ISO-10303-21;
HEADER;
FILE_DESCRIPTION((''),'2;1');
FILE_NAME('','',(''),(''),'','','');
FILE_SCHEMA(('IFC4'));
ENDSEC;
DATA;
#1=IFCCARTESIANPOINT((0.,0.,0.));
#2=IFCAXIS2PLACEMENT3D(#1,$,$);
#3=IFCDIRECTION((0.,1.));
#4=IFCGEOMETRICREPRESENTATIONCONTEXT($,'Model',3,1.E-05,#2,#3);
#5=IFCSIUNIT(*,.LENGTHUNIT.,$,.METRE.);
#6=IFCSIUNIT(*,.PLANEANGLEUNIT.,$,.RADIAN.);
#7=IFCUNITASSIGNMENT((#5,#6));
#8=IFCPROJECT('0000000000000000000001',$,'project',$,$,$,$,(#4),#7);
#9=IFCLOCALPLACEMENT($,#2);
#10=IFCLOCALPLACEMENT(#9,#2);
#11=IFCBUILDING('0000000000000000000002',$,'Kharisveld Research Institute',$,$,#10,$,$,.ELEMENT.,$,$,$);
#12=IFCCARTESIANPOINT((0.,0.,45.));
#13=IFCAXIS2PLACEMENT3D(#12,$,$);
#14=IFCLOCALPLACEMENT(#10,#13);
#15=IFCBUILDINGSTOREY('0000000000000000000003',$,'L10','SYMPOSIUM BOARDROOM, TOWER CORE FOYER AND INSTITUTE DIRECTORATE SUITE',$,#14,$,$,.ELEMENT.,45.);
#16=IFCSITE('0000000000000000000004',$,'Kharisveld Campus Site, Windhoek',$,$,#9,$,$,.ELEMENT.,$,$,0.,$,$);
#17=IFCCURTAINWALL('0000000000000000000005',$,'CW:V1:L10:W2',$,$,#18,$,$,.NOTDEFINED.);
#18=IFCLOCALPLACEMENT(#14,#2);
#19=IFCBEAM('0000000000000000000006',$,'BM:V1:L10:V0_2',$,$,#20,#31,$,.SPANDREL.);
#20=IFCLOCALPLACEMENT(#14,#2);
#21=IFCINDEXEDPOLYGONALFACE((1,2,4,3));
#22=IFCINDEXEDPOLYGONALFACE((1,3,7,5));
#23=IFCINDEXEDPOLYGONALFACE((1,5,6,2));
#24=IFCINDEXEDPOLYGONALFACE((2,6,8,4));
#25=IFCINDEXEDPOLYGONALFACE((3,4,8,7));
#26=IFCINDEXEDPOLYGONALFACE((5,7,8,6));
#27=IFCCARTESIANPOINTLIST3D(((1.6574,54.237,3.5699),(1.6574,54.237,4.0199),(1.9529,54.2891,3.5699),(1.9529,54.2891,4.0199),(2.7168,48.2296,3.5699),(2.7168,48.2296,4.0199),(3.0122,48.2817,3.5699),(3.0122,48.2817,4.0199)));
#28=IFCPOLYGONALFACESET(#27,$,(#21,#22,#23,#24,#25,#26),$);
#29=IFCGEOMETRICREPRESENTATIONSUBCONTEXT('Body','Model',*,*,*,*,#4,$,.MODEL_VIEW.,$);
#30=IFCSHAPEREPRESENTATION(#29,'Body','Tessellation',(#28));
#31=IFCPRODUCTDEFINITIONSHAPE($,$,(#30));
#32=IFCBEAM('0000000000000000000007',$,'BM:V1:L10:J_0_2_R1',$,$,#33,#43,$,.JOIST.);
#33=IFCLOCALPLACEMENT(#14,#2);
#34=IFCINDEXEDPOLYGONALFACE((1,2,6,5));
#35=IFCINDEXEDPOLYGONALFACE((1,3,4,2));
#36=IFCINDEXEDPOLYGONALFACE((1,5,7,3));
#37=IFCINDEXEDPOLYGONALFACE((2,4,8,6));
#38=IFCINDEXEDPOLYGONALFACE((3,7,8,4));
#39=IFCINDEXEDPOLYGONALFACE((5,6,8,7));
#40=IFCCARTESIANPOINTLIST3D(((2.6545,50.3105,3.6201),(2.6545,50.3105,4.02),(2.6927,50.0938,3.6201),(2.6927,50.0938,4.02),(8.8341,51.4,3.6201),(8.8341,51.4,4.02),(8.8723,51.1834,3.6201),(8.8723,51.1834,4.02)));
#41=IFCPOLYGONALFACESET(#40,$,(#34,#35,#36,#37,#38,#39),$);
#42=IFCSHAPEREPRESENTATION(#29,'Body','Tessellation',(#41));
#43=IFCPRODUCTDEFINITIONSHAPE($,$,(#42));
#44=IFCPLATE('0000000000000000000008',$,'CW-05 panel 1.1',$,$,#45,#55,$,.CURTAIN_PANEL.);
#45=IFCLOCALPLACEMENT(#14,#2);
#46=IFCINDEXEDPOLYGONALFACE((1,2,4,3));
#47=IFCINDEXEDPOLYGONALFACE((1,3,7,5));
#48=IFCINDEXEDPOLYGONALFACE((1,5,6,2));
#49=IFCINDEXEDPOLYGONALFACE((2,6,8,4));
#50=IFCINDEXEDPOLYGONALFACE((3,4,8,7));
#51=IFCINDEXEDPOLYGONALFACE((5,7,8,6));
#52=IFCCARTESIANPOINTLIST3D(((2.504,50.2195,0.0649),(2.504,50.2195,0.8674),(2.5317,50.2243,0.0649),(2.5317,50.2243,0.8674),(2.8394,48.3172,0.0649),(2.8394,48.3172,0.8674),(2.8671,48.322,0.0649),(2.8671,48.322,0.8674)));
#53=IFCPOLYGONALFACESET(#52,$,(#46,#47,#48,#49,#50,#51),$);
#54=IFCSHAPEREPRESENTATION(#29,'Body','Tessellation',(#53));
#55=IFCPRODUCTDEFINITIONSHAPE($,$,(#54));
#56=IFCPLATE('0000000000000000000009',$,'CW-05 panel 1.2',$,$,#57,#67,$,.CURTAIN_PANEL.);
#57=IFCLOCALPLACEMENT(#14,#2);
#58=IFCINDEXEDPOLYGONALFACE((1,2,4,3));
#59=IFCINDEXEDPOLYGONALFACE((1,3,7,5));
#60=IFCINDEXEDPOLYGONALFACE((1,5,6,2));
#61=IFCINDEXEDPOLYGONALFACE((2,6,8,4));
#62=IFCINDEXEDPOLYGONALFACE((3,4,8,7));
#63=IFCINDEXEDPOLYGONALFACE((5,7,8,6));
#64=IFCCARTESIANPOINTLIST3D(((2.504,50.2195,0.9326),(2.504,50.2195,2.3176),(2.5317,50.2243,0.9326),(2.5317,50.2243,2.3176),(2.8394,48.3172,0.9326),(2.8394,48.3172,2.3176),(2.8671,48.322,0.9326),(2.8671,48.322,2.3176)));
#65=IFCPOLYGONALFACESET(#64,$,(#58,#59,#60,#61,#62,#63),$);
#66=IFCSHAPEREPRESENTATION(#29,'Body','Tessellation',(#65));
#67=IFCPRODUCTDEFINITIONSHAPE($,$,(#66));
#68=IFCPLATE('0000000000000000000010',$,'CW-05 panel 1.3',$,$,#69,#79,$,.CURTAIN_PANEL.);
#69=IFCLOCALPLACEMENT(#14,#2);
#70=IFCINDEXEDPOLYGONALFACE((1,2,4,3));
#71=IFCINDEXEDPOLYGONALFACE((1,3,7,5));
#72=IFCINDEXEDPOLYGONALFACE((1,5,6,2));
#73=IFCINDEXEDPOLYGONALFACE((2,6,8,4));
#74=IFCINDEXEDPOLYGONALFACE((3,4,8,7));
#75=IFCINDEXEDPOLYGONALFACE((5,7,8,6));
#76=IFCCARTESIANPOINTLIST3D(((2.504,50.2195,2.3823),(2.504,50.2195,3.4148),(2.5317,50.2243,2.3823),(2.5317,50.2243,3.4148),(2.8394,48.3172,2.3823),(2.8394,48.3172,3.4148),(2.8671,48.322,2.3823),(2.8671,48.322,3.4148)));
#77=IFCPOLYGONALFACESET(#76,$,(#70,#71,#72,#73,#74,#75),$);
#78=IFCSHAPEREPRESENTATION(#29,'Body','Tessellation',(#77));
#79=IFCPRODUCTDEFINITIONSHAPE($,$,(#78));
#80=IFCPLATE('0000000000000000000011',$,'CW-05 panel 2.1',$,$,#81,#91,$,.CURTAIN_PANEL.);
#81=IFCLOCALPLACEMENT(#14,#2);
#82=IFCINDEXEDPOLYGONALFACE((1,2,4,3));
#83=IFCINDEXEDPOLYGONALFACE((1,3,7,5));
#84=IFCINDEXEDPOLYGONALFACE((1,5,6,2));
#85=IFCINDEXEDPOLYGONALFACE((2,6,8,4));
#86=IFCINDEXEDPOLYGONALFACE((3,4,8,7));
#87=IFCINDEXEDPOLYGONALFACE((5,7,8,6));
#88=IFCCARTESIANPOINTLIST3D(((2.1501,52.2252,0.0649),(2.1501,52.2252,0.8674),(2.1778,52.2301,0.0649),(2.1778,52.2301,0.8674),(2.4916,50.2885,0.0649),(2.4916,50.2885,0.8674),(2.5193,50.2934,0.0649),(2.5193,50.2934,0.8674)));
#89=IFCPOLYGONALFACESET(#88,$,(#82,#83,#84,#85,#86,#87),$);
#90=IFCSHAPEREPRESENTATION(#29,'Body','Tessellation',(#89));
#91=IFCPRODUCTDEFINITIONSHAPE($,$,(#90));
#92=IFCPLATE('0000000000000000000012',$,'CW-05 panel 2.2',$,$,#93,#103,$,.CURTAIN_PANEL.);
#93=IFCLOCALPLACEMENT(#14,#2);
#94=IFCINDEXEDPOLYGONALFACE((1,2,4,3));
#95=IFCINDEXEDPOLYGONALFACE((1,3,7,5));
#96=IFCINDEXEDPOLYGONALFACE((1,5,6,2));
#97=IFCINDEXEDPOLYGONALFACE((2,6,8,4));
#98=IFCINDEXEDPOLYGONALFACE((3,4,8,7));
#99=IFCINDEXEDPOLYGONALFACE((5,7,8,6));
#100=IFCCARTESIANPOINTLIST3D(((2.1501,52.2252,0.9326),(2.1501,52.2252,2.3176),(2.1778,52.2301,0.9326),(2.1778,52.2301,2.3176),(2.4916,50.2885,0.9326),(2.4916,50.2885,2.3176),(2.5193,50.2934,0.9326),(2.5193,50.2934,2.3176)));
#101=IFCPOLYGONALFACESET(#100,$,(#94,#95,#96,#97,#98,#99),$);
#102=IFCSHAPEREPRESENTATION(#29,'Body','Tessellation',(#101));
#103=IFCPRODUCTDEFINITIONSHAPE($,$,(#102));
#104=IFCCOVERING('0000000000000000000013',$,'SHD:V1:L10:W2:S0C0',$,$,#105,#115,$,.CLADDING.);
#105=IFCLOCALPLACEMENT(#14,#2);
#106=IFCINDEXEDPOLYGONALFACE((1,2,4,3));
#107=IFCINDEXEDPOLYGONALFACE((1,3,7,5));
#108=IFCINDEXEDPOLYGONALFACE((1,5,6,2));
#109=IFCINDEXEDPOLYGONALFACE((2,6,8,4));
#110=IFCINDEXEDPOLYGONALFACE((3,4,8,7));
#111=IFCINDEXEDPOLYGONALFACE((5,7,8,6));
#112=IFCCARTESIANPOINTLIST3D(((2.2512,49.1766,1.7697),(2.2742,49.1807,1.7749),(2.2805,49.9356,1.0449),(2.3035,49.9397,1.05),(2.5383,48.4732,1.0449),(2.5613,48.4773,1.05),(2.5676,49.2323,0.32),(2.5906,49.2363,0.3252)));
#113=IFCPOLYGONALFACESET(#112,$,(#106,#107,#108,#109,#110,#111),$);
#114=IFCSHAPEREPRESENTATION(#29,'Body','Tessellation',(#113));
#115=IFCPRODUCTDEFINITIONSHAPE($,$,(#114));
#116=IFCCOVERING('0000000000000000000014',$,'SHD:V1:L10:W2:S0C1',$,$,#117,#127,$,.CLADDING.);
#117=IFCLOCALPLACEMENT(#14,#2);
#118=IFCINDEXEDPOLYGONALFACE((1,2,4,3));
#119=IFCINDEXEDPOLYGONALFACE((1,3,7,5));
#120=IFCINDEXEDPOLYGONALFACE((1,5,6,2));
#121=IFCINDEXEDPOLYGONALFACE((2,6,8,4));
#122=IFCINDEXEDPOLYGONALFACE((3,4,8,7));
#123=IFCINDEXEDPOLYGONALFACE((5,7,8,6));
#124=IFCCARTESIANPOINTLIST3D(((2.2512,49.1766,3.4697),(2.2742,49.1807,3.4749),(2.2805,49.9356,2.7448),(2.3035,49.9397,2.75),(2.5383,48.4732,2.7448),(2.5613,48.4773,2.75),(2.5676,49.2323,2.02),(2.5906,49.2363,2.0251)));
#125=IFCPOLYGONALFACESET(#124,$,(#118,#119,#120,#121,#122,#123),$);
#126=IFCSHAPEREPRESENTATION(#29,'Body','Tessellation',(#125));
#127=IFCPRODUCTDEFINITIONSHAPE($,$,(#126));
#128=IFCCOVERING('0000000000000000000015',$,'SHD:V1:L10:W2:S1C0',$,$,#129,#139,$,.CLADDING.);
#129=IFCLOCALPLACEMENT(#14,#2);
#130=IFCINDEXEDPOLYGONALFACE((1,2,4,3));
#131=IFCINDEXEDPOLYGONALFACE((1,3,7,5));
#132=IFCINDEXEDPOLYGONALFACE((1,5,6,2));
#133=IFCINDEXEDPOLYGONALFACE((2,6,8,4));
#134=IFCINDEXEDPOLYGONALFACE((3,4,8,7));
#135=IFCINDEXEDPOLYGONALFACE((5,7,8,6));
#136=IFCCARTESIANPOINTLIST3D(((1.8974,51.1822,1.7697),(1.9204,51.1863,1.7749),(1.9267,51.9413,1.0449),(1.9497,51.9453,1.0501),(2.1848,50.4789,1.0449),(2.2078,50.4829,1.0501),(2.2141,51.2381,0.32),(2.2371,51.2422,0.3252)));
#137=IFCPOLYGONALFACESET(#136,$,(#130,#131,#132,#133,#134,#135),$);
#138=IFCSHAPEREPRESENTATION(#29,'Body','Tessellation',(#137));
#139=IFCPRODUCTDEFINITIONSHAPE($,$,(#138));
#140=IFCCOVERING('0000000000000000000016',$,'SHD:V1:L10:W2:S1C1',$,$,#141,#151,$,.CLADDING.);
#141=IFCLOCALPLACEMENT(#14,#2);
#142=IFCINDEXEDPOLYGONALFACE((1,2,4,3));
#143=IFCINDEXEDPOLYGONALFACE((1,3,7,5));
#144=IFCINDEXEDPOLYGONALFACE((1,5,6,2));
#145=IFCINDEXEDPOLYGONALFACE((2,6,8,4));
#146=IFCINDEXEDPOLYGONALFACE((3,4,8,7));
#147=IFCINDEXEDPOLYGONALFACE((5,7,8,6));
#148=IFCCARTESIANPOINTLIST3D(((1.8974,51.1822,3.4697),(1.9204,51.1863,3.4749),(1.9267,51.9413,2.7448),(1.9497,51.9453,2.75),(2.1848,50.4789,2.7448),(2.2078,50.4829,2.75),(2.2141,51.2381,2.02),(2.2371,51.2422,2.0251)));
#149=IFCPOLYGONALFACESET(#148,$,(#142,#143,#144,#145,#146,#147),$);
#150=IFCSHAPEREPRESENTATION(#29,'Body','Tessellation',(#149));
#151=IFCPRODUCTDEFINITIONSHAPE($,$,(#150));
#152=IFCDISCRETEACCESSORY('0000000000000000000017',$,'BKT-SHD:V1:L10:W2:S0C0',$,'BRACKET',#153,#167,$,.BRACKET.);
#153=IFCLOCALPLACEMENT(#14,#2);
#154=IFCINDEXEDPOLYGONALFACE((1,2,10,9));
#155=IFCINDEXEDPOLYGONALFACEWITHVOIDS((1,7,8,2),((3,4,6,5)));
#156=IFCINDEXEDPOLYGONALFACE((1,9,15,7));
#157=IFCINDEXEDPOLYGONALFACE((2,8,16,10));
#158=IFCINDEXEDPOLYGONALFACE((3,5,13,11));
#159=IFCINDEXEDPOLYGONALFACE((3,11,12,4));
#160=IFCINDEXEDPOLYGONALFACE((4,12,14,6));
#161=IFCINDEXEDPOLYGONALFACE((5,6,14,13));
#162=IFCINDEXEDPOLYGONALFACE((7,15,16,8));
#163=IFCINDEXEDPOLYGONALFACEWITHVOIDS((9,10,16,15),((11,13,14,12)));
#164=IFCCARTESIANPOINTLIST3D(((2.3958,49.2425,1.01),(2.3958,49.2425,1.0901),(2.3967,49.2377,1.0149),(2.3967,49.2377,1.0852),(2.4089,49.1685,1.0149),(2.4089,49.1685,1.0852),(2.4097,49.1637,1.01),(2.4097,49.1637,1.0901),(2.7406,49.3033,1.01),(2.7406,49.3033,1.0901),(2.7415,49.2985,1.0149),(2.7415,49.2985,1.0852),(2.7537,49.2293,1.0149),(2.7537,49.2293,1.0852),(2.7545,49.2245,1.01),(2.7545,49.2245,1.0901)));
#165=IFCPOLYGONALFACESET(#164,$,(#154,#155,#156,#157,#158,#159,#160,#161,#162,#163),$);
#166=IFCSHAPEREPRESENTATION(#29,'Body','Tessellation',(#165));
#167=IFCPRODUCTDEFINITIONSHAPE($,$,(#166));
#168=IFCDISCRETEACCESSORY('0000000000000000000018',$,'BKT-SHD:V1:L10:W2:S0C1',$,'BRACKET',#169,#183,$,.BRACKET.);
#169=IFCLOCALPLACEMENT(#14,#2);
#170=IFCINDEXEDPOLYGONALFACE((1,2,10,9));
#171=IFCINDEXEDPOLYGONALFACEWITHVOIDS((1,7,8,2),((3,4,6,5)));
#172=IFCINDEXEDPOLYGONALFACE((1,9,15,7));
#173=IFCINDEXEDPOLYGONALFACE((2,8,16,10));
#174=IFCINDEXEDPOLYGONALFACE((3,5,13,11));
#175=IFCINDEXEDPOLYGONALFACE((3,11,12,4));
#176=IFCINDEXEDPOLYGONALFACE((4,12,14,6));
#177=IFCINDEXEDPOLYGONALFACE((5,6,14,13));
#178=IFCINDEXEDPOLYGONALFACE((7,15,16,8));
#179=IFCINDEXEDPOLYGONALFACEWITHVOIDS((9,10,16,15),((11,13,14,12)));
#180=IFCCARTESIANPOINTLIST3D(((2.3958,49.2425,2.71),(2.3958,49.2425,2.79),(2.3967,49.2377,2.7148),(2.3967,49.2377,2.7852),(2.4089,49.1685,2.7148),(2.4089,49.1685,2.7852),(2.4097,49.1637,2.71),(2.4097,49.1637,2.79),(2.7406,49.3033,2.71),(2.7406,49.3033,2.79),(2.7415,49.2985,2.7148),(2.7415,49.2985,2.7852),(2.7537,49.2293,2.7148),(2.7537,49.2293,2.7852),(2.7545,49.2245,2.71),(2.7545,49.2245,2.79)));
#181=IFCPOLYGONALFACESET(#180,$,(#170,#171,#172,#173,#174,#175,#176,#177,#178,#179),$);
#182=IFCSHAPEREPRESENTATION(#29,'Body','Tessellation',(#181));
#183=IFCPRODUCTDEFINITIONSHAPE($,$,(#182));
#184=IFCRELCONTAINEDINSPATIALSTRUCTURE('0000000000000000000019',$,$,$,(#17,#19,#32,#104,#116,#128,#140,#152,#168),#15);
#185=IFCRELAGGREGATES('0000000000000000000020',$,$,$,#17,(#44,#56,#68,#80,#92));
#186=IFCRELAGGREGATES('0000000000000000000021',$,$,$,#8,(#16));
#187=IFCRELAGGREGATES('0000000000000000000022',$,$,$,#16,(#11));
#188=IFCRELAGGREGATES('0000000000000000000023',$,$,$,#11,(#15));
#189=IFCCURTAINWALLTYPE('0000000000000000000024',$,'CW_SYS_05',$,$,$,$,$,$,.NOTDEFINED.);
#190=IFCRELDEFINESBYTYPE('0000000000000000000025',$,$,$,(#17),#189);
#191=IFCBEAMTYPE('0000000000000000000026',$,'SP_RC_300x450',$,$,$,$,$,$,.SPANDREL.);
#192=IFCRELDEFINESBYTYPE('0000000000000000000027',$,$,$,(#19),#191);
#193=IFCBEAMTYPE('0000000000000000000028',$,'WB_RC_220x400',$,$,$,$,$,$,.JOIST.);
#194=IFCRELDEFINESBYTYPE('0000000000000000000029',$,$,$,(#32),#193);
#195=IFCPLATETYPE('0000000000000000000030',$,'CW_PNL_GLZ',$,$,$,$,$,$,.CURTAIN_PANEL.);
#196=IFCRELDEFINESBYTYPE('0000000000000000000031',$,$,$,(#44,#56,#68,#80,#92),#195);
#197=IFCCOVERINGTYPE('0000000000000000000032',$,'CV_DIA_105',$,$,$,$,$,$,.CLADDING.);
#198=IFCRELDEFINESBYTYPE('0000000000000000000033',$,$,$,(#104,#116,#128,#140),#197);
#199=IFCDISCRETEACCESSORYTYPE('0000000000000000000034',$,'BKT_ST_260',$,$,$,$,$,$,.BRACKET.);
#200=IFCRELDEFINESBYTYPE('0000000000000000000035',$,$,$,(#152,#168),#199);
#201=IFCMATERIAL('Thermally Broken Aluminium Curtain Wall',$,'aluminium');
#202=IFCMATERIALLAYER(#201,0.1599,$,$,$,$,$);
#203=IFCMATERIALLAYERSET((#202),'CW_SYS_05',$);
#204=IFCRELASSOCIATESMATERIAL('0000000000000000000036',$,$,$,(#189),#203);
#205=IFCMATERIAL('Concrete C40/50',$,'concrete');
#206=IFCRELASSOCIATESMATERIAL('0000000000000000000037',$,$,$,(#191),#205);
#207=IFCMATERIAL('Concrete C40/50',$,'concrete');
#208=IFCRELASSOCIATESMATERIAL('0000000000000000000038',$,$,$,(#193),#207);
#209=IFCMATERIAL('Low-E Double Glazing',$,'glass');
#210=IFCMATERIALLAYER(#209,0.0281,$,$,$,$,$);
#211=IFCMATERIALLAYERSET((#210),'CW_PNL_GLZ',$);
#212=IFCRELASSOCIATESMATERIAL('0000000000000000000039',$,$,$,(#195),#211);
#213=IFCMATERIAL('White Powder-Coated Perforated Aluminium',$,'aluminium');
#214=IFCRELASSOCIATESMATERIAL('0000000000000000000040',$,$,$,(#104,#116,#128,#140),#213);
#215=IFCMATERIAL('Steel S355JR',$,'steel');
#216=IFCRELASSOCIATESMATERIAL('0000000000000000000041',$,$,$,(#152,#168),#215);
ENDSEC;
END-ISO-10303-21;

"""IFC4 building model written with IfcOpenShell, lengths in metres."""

from ifc_helpers import new_model, si_unit, direction, frame, origin, origin_2d, place, context, subcontext, project, spatial, polyline, rectangle, hollow_rectangle, outline, extrude, material, layer, layer_set, material_profile, profile_set, type_object, element, aggregate, save


model = new_model("IFC4")

# Units and contexts
model_context = context("Model", 3, precision=1e-05, world=origin(), true_north=direction((0.0, 1.0)))
body_context = subcontext(model_context, "Body", "Model", "MODEL_VIEW")
ifc_project = project(units=[si_unit("LENGTHUNIT", "METRE"), si_unit("PLANEANGLEUNIT", "RADIAN")], contexts=[model_context])

# Site, building, storey
site_placement = place(None, origin())
site = spatial("IfcSite", under=ifc_project, at=site_placement, Name="Kharisveld Campus Site, Windhoek", CompositionType="ELEMENT", RefElevation=0.0)
building_placement = place(site_placement, origin())
building = spatial("IfcBuilding", under=site, at=building_placement, Name="Kharisveld Research Institute", CompositionType="ELEMENT")
storey_placement = place(building_placement, frame((0.0, 0.0, 45.0)))
storey = spatial("IfcBuildingStorey", under=building, at=storey_placement, Name="L10", Description="SYMPOSIUM BOARDROOM, TOWER CORE FOYER AND INSTITUTE DIRECTORATE SUITE", CompositionType="ELEMENT", Elevation=45.0)

# Curtain wall
ifc_material_1 = material(Name="Thermally Broken Aluminium Curtain Wall", Category="aluminium")
ifc_layer_1 = layer(ifc_material_1, 0.1599)
ifc_layer_set_1 = layer_set([ifc_layer_1], Name="CW_SYS_05")
curtain_wall_type = type_object("IfcCurtainWallType", Name="CW_SYS_05", PredefinedType="NOTDEFINED", material=ifc_layer_set_1)
curtain_wall_placement = place(storey_placement, origin())
curtain_wall = element("IfcCurtainWall", 1, at=curtain_wall_placement, inside=storey, type_object=curtain_wall_type, Name="CW:V1:L10:W2", PredefinedType="NOTDEFINED")

# Beams
ifc_material_2 = material(Name="Concrete C40/50", Category="concrete")
ifc_material_profile_1 = material_profile(ifc_material_2, rectangle(XDim=0.3, YDim=0.45, at=origin_2d()))
ifc_profile_set_1 = profile_set([ifc_material_profile_1], Name="Concrete C40/50")
beam_type_1 = type_object("IfcBeamType", Name="SP_RC_300x450", PredefinedType="SPANDREL", material=ifc_profile_set_1)
beam_1_placement = place(storey_placement, frame((2.8645, 48.2556, 3.7949), z_axis=(-0.17366, 0.984806, 0.0), x_axis=(-0.984806, -0.17366, 0.0)))
element("IfcBeam", 2, at=beam_1_placement, inside=storey, type_object=beam_type_1, Name="BM:V1:L10:V0_2", PredefinedType="SPANDREL", context=body_context, shape_type="SweptSolid", body=[
    extrude(rectangle(XDim=0.3, YDim=0.45, at=origin_2d()), origin(), (0.0, 0.0, 1.0), 6.1001),
])
ifc_material_3 = material(Name="Concrete C40/50", Category="concrete")
ifc_material_profile_2 = material_profile(ifc_material_3, rectangle(XDim=0.22, YDim=0.3999, at=origin_2d()))
ifc_profile_set_2 = profile_set([ifc_material_profile_2], Name="Concrete C40/50")
beam_type_2 = type_object("IfcBeamType", Name="WB_RC_220x400", PredefinedType="JOIST", material=ifc_profile_set_2)
beam_2_placement = place(storey_placement, frame((2.6736, 50.2021, 3.8201), z_axis=(0.984809, 0.173641, 0.0), x_axis=(-0.173641, 0.984809, 0.0)))
element("IfcBeam", 3, at=beam_2_placement, inside=storey, type_object=beam_type_2, Name="BM:V1:L10:J_0_2_R1", PredefinedType="JOIST", context=body_context, shape_type="SweptSolid", body=[
    extrude(rectangle(XDim=0.22, YDim=0.3999, at=origin_2d()), origin(), (0.0, 0.0, 1.0), 6.2749),
])

# Plates
ifc_material_4 = material(Name="Low-E Double Glazing", Category="glass")
ifc_layer_2 = layer(ifc_material_4, 0.0281)
ifc_layer_set_2 = layer_set([ifc_layer_2], Name="CW_PNL_GLZ")
plate_type = type_object("IfcPlateType", Name="CW_PNL_GLZ", PredefinedType="CURTAIN_PANEL", material=ifc_layer_set_2)
plate_1_placement = place(storey_placement, frame((2.6855, 49.2708, 0.0649), z_axis=(0.0, 0.0, 1.0), x_axis=(-0.173648, 0.984808, 0.0)))
plate_1 = element("IfcPlate", 4, at=plate_1_placement, type_object=plate_type, Name="CW-05 panel 1.1", PredefinedType="CURTAIN_PANEL", context=body_context, shape_type="SweptSolid", body=[
    extrude(rectangle(XDim=1.9316, YDim=0.0281, at=origin_2d()), origin(), (0.0, 0.0, 1.0), 0.8025),
])
plate_2_placement = place(storey_placement, frame((2.6855, 49.2708, 0.9326), z_axis=(0.0, 0.0, 1.0), x_axis=(-0.173648, 0.984808, 0.0)))
plate_2 = element("IfcPlate", 5, at=plate_2_placement, type_object=plate_type, Name="CW-05 panel 1.2", PredefinedType="CURTAIN_PANEL", context=body_context, shape_type="SweptSolid", body=[
    extrude(rectangle(XDim=1.9316, YDim=0.0281, at=origin_2d()), origin(), (0.0, 0.0, 1.0), 1.385),
])
plate_3_placement = place(storey_placement, frame((2.6855, 49.2708, 2.3823), z_axis=(0.0, 0.0, 1.0), x_axis=(-0.173648, 0.984808, 0.0)))
plate_3 = element("IfcPlate", 6, at=plate_3_placement, type_object=plate_type, Name="CW-05 panel 1.3", PredefinedType="CURTAIN_PANEL", context=body_context, shape_type="SweptSolid", body=[
    extrude(rectangle(XDim=1.9316, YDim=0.0281, at=origin_2d()), origin(), (0.0, 0.0, 1.0), 1.0325),
])
plate_4_placement = place(storey_placement, frame((2.3347, 51.2593, 0.0649), z_axis=(0.0, 0.0, 1.0), x_axis=(-0.173648, 0.984808, 0.0)))
plate_4 = element("IfcPlate", 7, at=plate_4_placement, type_object=plate_type, Name="CW-05 panel 2.1", PredefinedType="CURTAIN_PANEL", context=body_context, shape_type="SweptSolid", body=[
    extrude(rectangle(XDim=1.9666, YDim=0.0281, at=origin_2d()), origin(), (0.0, 0.0, 1.0), 0.8025),
])
plate_5_placement = place(storey_placement, frame((2.3347, 51.2593, 0.9326), z_axis=(0.0, 0.0, 1.0), x_axis=(-0.173648, 0.984808, 0.0)))
plate_5 = element("IfcPlate", 8, at=plate_5_placement, type_object=plate_type, Name="CW-05 panel 2.2", PredefinedType="CURTAIN_PANEL", context=body_context, shape_type="SweptSolid", body=[
    extrude(rectangle(XDim=1.9666, YDim=0.0281, at=origin_2d()), origin(), (0.0, 0.0, 1.0), 1.385),
])
aggregate(curtain_wall, [plate_1, plate_2, plate_3, plate_4, plate_5])

# Coverings
ifc_material_5 = material(Name="White Powder-Coated Perforated Aluminium", Category="aluminium")
covering_type = type_object("IfcCoveringType", Name="CV_DIA_105", PredefinedType="CLADDING")
for number, where, z_axis, x_axis, name in (
    (9, (2.5906, 49.2363, 0.3252), (0.961487, 0.169504, 0.216358), (-0.273429, 0.669853, 0.690314), "SHD:V1:L10:W2:S0C0"),
    (10, (2.5906, 49.2363, 2.0251), (0.961487, 0.169504, 0.216358), (-0.273429, 0.669853, 0.690314), "SHD:V1:L10:W2:S0C1"),
):
    element("IfcCovering", number, at=place(storey_placement, frame(where, z_axis=z_axis, x_axis=x_axis)), inside=storey, type_object=covering_type, material=ifc_material_5, Name=name, PredefinedType="CLADDING", context=body_context, shape_type="SweptSolid", body=[
        extrude(outline(polyline([(0.0, 0.0), (1.05, 0.0), (1.05, 1.05), (-0.0001, 1.05), (0.0, 0.0)])), origin(), (0.0, 0.0, -1.0), 0.0239),
    ])
for number, where, z_axis, x_axis, name in (
    (11, (2.2371, 51.2422, 0.3252), (0.96142, 0.169653, 0.21654), (-0.273667, 0.669686, 0.690382), "SHD:V1:L10:W2:S1C0"),
    (12, (2.2371, 51.2422, 2.0251), (0.96142, 0.169653, 0.21654), (-0.273667, 0.669686, 0.690382), "SHD:V1:L10:W2:S1C1"),
):
    element("IfcCovering", number, at=place(storey_placement, frame(where, z_axis=z_axis, x_axis=x_axis)), inside=storey, type_object=covering_type, material=ifc_material_5, Name=name, PredefinedType="CLADDING", context=body_context, shape_type="SweptSolid", body=[
        extrude(outline(polyline([(0.0, 0.0), (1.0499, 0.0), (1.0501, 1.05), (0.0, 1.0501), (0.0, 0.0)])), origin(), (0.0, 0.0, -1.0), 0.0239),
    ])

# Discrete accessories
ifc_material_6 = material(Name="Steel S355JR", Category="steel")
discrete_accessory_type = type_object("IfcDiscreteAccessoryType", Name="BKT_ST_260", PredefinedType="BRACKET")
for number, where, z_axis, x_axis, name in (
    (13, (2.7476, 49.2639, 1.05), (-0.984805, -0.173666, 0.0), (0.173666, -0.984805, 0.0), "BKT-SHD:V1:L10:W2:S0C0"),
    (14, (2.7476, 49.2639, 2.75), (-0.984805, -0.173666, 0.0), (0.173666, -0.984805, 0.0), "BKT-SHD:V1:L10:W2:S0C1"),
):
    element("IfcDiscreteAccessory", number, at=place(storey_placement, frame(where, z_axis=z_axis, x_axis=x_axis)), inside=storey, type_object=discrete_accessory_type, material=ifc_material_6, Name=name, ObjectType="BRACKET", PredefinedType="BRACKET", context=body_context, shape_type="SweptSolid", body=[
        extrude(hollow_rectangle(XDim=0.0801, YDim=0.0801, WallThickness=0.0049, at=origin_2d()), origin(), (0.0, 0.0, 1.0), 0.3501),
    ])

save(model, "model.ifc")
